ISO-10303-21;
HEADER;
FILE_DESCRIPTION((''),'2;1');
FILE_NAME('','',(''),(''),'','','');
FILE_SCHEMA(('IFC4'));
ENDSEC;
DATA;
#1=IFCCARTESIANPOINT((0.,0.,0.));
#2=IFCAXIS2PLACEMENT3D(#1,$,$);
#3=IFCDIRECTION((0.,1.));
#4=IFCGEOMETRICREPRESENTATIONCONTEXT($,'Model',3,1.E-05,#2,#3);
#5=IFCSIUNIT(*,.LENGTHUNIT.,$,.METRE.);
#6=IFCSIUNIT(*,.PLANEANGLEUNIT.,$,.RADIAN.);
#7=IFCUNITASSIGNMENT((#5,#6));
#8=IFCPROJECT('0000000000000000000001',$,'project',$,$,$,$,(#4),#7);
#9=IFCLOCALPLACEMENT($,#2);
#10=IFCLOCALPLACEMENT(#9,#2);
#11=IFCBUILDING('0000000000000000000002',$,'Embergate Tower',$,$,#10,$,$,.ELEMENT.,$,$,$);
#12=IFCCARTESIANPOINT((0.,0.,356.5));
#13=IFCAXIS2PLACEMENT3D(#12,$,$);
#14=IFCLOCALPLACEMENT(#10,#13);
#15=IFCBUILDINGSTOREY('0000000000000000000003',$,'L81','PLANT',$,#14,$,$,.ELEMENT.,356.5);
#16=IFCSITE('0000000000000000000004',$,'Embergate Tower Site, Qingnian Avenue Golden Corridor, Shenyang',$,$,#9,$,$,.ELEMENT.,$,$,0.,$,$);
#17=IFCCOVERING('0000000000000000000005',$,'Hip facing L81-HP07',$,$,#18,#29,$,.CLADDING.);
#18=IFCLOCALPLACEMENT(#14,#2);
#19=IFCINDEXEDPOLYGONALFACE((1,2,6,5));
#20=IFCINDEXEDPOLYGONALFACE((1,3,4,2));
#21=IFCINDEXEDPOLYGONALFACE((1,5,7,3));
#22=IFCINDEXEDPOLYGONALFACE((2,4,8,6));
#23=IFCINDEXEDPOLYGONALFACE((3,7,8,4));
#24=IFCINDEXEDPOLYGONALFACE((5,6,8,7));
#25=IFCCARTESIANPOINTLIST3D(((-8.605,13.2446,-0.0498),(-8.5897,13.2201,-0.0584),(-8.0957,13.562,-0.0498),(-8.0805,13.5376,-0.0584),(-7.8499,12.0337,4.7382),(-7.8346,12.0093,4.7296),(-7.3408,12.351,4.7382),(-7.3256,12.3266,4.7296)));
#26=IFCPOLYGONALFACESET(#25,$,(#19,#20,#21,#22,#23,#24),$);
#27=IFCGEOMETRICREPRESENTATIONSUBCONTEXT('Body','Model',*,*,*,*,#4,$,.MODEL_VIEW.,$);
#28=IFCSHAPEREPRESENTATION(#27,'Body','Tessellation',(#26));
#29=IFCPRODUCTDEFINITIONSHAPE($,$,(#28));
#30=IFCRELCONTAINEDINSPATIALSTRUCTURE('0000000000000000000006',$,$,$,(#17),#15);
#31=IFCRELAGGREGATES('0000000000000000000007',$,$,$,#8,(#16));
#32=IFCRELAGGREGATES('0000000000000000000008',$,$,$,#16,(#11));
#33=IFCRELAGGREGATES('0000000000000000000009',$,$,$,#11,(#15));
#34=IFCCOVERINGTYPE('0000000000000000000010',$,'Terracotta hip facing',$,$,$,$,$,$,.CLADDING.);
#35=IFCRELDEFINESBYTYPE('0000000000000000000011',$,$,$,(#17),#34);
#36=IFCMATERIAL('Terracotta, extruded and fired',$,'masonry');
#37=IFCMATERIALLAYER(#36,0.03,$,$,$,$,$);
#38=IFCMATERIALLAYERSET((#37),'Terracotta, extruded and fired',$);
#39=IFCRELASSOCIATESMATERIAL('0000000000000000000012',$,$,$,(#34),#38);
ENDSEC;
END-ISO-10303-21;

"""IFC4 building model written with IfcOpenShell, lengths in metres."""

from ifc_helpers import new_model, si_unit, direction, frame, origin, place, context, subcontext, project, spatial, polyline, outline, extrude, source, transform, mapped, material, layer, layer_set, type_object, element, save


model = new_model("IFC4")

# Units and contexts
model_context = context("Model", 3, precision=1e-05, world=origin(), true_north=direction((0.0, 1.0)))
body_context = subcontext(model_context, "Body", "Model", "MODEL_VIEW")
ifc_project = project(units=[si_unit("LENGTHUNIT", "METRE"), si_unit("PLANEANGLEUNIT", "RADIAN")], contexts=[model_context])

# Site, building, storey
site_placement = place(None, origin())
site = spatial("IfcSite", under=ifc_project, at=site_placement, Name="Embergate Tower Site, Qingnian Avenue Golden Corridor, Shenyang", CompositionType="ELEMENT", RefElevation=0.0)
building_placement = place(site_placement, origin())
building = spatial("IfcBuilding", under=site, at=building_placement, Name="Embergate Tower", CompositionType="ELEMENT")
storey_placement = place(building_placement, frame((0.0, 0.0, 356.5)))
storey = spatial("IfcBuildingStorey", under=building, at=storey_placement, Name="L81", Description="PLANT", CompositionType="ELEMENT", Elevation=356.5)

# Covering
ifc_material_1 = material(Name="Terracotta, extruded and fired", Category="masonry")
ifc_layer_1 = layer(ifc_material_1, 0.03)
ifc_layer_set_1 = layer_set([ifc_layer_1], Name="Terracotta, extruded and fired")
covering_type = type_object("IfcCoveringType", Name="Terracotta hip facing", PredefinedType="CLADDING", material=ifc_layer_set_1)
shared_shape_1 = source(origin(), body_context, "Body", "SweptSolid", [
    extrude(outline(polyline([(0.0, 0.0), (4.9961, 0.0), (4.9961, -0.5999), (0.0, -0.6001), (0.0, 0.0)])), origin(), (0.0, 0.0, -1.0), 0.03),
])
covering_1_placement = place(storey_placement, frame((-8.0957, 13.562, -0.0498), z_axis=(-0.506956, 0.813275, 0.285621), x_axis=(0.151098, -0.242382, 0.958343)))
element("IfcCovering", 1, at=covering_1_placement, inside=storey, type_object=covering_type, Name="Hip facing L81-HP07", PredefinedType="CLADDING", context=body_context, shape_type="MappedRepresentation", body=[
    mapped(shared_shape_1, transform((0.0, 0.0, 0.0))),
])

save(model, "model.ifc")
